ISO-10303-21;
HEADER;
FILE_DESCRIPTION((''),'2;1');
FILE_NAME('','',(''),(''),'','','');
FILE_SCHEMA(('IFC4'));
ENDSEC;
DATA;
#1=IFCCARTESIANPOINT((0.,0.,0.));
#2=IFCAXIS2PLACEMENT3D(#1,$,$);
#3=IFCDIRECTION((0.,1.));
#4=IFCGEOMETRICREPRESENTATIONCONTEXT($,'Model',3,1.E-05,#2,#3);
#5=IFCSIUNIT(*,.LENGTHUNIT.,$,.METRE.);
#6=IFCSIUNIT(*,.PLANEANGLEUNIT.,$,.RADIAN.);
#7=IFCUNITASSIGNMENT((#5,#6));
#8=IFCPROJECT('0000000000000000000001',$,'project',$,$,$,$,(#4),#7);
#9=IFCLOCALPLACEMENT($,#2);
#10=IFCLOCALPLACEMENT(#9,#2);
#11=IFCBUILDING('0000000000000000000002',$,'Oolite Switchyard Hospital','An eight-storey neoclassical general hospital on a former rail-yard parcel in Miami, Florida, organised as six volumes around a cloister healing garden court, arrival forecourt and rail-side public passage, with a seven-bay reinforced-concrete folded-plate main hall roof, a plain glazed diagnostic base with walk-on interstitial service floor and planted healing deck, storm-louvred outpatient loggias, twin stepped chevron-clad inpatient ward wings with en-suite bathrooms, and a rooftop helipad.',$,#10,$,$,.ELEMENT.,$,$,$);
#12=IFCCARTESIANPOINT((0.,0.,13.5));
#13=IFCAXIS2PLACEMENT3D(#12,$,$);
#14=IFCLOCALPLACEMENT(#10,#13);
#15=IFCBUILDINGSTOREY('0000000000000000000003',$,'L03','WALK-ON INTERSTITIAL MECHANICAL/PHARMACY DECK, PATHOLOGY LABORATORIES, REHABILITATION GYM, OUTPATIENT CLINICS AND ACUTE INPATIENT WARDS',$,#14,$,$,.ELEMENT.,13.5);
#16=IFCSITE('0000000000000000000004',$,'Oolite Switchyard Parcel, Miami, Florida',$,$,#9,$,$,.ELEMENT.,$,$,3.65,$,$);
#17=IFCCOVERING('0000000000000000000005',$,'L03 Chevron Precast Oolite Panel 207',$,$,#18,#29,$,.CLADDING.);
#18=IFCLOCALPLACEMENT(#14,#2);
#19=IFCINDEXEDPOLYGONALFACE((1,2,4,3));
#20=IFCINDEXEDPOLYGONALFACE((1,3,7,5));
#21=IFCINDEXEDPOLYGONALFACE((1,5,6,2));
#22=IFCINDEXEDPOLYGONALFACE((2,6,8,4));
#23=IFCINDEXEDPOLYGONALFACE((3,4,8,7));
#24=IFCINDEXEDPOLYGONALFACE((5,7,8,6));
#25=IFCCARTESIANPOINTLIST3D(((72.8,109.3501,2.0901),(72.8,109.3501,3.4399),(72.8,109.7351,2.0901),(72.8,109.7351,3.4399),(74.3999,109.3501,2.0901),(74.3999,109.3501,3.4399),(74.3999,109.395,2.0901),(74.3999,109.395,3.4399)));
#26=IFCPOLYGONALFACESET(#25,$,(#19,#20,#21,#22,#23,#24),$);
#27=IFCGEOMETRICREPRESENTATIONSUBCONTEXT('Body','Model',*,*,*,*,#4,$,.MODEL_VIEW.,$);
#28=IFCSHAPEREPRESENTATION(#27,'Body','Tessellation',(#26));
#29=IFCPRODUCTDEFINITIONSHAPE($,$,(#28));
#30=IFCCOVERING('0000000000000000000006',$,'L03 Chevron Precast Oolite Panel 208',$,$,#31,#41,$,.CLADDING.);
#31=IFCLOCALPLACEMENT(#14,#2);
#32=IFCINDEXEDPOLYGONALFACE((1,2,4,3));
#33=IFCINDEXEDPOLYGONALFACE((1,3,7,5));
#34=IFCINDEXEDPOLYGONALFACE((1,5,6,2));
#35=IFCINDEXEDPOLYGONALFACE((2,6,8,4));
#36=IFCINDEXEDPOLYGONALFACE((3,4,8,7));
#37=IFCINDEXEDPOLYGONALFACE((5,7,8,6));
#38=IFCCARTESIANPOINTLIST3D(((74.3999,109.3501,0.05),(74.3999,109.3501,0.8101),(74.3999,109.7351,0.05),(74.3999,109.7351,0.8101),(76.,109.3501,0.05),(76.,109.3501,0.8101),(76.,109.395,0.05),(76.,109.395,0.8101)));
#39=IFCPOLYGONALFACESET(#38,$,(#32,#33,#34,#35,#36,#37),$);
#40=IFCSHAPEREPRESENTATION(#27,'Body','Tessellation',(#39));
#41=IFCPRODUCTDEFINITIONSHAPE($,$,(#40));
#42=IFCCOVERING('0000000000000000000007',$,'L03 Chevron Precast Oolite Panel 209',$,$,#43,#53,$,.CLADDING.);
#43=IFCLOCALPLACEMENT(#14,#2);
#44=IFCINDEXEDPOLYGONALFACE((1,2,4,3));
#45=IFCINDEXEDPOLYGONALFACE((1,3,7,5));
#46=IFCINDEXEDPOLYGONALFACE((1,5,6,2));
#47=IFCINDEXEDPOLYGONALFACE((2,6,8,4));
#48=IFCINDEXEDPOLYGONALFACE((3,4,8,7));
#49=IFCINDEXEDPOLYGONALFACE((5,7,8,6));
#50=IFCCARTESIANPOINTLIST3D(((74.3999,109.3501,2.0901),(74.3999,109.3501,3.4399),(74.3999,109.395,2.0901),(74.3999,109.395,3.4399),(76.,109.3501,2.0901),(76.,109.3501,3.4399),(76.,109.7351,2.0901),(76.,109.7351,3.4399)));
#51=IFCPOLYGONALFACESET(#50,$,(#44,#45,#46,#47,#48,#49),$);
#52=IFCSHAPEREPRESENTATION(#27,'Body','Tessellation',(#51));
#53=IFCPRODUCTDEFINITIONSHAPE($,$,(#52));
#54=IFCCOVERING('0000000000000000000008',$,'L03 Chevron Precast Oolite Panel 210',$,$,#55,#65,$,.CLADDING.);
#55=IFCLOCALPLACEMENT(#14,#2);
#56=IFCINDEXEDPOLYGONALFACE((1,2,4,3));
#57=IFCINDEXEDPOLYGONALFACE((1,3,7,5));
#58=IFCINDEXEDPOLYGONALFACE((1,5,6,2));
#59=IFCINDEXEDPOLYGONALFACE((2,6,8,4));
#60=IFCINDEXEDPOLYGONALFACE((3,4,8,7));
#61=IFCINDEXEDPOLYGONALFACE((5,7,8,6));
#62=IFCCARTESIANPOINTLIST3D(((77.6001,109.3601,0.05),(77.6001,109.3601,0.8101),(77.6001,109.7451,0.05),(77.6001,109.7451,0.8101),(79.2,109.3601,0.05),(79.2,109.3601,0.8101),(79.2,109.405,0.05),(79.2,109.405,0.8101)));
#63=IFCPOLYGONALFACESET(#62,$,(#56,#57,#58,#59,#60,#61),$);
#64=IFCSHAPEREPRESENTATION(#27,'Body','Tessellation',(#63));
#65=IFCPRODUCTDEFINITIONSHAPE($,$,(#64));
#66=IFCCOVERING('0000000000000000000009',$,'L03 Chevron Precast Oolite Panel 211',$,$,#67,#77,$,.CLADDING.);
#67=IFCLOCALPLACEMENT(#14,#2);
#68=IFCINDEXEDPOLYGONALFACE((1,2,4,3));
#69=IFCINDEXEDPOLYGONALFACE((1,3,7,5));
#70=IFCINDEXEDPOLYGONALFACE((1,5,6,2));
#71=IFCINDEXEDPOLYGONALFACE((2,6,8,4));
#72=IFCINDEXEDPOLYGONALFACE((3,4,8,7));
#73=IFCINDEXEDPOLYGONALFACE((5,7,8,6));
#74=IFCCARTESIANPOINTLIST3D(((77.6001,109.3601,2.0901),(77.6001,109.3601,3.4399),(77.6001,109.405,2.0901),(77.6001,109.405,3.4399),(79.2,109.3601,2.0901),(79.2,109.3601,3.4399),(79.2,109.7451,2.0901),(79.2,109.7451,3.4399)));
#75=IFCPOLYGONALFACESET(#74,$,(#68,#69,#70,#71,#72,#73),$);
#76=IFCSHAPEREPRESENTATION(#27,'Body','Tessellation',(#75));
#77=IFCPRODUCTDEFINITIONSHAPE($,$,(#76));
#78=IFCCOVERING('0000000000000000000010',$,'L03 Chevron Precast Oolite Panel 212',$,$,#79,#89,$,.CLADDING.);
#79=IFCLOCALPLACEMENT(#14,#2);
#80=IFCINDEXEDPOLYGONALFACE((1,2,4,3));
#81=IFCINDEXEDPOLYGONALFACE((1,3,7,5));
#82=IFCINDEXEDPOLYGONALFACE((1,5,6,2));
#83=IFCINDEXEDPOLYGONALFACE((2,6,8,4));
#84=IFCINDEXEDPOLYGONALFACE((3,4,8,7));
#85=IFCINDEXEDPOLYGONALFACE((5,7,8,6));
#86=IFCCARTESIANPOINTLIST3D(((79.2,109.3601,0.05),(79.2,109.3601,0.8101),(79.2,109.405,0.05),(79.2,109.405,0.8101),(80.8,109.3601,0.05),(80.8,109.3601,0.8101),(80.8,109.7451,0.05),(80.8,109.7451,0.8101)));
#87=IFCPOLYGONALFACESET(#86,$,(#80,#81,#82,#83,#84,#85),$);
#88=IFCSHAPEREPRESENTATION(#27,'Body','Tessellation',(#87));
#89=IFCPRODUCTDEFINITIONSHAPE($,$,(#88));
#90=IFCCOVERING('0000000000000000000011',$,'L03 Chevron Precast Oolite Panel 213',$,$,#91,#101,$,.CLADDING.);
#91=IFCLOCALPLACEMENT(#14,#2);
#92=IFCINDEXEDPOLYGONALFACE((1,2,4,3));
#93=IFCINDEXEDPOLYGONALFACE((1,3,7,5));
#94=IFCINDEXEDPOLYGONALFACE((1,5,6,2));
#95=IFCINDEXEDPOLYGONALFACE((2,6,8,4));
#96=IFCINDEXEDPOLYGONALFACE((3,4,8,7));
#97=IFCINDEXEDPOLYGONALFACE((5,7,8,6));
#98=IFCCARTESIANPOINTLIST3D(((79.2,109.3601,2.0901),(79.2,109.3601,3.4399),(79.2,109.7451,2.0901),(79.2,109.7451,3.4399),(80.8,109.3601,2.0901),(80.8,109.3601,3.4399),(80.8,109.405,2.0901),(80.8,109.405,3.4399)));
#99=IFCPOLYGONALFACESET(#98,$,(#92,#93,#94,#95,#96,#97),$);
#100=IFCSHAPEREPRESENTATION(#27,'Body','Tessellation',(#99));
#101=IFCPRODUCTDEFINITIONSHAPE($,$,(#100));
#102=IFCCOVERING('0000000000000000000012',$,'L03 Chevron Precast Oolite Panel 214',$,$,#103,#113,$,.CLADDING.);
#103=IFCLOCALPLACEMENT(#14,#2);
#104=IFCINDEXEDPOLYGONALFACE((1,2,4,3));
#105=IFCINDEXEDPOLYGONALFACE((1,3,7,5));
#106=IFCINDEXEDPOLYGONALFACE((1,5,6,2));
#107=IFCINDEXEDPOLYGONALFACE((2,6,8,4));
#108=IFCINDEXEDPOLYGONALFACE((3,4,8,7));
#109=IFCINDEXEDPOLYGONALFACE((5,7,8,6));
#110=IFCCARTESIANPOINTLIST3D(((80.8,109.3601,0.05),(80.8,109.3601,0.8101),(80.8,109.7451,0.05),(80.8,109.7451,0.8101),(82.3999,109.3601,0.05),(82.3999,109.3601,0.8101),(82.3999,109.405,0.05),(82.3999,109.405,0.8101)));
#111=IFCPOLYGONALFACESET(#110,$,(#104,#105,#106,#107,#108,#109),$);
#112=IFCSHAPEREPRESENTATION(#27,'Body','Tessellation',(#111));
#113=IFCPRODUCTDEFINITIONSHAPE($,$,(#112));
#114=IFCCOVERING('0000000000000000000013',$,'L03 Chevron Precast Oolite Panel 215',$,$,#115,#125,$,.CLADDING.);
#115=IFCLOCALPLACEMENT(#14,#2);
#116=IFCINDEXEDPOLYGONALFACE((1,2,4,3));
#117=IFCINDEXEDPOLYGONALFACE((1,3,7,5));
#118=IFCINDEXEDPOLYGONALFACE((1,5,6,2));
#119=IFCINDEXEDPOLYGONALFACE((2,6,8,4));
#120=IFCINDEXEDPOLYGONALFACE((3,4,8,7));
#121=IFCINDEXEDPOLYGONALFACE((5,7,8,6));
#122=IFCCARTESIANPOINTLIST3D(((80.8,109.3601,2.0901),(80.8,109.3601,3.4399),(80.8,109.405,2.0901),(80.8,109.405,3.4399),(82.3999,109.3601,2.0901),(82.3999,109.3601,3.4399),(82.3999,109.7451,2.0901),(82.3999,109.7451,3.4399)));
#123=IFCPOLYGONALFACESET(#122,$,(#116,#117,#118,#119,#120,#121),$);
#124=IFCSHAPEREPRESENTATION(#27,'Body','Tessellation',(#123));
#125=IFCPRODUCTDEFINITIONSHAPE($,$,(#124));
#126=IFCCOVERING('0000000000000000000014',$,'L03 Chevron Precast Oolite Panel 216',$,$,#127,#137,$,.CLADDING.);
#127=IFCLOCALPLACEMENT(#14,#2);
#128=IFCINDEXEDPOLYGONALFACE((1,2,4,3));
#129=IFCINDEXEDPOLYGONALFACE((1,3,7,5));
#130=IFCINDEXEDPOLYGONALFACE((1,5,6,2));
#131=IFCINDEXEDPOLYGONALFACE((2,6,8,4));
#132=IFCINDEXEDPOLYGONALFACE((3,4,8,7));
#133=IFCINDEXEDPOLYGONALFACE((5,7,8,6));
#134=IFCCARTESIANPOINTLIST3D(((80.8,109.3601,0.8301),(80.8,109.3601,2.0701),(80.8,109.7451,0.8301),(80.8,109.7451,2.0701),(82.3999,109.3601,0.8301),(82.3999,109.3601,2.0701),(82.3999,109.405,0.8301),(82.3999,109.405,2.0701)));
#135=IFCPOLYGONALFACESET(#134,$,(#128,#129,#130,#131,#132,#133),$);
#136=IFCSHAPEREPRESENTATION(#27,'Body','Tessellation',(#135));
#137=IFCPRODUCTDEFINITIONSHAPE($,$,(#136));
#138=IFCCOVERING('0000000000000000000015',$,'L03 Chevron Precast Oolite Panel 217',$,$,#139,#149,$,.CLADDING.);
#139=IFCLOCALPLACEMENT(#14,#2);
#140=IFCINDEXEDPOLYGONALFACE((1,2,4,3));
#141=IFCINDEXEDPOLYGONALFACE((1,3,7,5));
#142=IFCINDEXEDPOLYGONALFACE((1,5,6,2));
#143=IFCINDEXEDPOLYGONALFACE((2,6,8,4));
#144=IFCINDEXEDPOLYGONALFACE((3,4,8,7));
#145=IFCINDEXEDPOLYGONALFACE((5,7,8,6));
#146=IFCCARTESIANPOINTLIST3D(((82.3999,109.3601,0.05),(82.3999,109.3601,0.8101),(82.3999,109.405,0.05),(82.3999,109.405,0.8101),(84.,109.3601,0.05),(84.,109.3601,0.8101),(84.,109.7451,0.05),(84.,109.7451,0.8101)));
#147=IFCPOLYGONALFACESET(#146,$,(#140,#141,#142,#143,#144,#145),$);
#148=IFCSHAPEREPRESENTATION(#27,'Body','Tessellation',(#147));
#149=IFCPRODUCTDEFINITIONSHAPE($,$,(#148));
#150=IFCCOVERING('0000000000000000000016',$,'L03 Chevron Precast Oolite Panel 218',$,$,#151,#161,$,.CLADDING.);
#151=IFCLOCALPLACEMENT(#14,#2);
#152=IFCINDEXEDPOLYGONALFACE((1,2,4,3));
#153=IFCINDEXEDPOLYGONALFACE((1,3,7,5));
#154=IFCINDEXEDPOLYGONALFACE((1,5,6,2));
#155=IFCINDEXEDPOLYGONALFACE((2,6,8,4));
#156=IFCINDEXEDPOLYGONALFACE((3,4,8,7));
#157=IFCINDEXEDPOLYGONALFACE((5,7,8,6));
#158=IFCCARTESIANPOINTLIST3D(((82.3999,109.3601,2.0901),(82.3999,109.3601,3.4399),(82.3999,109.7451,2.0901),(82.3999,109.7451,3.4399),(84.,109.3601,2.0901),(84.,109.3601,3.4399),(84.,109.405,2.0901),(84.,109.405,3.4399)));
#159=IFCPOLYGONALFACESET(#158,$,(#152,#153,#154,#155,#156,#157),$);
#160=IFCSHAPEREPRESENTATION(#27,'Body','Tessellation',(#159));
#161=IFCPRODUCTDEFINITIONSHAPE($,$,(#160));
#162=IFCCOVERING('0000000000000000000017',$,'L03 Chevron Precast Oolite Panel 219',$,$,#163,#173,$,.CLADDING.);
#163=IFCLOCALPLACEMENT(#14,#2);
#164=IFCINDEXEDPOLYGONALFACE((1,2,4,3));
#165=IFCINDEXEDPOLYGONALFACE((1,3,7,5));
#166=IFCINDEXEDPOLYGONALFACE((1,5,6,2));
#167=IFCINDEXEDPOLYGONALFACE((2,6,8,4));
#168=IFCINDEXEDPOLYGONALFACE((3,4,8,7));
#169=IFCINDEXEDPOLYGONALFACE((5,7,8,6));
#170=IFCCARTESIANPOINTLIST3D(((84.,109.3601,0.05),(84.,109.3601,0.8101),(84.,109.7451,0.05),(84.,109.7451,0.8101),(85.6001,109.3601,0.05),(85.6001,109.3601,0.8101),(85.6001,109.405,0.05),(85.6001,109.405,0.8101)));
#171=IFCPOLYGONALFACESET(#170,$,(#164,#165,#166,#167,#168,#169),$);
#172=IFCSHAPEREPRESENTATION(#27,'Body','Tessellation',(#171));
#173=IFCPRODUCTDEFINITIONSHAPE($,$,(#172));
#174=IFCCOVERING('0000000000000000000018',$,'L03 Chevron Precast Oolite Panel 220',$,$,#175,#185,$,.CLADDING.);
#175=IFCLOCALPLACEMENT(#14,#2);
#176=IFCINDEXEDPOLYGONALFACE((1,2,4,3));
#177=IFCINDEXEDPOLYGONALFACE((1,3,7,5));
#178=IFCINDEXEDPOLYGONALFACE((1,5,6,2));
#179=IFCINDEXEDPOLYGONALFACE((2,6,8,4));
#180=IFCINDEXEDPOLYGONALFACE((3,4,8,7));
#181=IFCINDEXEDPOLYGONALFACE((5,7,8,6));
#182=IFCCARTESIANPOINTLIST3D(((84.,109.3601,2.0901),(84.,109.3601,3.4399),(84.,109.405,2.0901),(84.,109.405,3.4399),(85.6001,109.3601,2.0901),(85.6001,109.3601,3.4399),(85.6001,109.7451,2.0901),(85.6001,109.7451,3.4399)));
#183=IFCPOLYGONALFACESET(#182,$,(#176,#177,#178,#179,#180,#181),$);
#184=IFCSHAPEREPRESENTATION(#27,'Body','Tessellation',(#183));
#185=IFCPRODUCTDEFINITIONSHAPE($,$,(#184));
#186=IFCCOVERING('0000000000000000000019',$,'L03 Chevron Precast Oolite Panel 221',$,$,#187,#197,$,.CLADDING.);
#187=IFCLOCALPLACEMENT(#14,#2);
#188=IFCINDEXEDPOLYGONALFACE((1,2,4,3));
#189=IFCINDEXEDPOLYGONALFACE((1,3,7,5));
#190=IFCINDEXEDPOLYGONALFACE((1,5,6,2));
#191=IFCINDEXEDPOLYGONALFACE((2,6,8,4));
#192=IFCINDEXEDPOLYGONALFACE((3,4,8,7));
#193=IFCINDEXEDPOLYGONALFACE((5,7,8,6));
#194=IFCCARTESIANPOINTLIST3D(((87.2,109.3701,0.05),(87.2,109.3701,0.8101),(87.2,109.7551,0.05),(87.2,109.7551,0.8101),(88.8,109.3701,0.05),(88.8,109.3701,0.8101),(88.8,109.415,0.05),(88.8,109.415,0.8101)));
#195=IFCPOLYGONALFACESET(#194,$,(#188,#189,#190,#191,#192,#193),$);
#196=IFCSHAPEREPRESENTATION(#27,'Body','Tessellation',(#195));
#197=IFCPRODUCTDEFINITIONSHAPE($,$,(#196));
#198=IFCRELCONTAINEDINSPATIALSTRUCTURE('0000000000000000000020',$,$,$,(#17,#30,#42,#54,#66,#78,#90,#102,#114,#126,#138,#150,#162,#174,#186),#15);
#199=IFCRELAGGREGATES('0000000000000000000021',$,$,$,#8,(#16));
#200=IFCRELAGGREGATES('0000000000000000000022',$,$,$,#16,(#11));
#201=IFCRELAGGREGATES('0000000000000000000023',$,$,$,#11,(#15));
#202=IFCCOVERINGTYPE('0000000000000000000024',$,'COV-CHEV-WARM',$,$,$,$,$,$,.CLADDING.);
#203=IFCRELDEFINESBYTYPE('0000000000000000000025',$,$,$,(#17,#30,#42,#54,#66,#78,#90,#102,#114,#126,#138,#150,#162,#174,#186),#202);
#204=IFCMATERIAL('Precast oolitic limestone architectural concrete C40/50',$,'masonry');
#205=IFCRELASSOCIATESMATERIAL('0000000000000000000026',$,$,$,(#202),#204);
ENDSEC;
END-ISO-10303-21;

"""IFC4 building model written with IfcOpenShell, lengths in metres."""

from ifc_helpers import new_model, si_unit, direction, frame, origin, place, context, subcontext, project, spatial, polyline, outline, extrude, material, type_object, element, save


model = new_model("IFC4")

# Units and contexts
model_context = context("Model", 3, precision=1e-05, world=origin(), true_north=direction((0.0, 1.0)))
body_context = subcontext(model_context, "Body", "Model", "MODEL_VIEW")
ifc_project = project(units=[si_unit("LENGTHUNIT", "METRE"), si_unit("PLANEANGLEUNIT", "RADIAN")], contexts=[model_context])

# Site, building, storey
site_placement = place(None, origin())
site = spatial("IfcSite", under=ifc_project, at=site_placement, Name="Oolite Switchyard Parcel, Miami, Florida", CompositionType="ELEMENT", RefElevation=3.65)
building_placement = place(site_placement, origin())
building = spatial("IfcBuilding", under=site, at=building_placement, Name="Oolite Switchyard Hospital", Description="An eight-storey neoclassical general hospital on a former rail-yard parcel in Miami, Florida, organised as six volumes around a cloister healing garden court, arrival forecourt and rail-side public passage, with a seven-bay reinforced-concrete folded-plate main hall roof, a plain glazed diagnostic base with walk-on interstitial service floor and planted healing deck, storm-louvred outpatient loggias, twin stepped chevron-clad inpatient ward wings with en-suite bathrooms, and a rooftop helipad.", CompositionType="ELEMENT")
storey_placement = place(building_placement, frame((0.0, 0.0, 13.5)))
storey = spatial("IfcBuildingStorey", under=building, at=storey_placement, Name="L03", Description="WALK-ON INTERSTITIAL MECHANICAL/PHARMACY DECK, PATHOLOGY LABORATORIES, REHABILITATION GYM, OUTPATIENT CLINICS AND ACUTE INPATIENT WARDS", CompositionType="ELEMENT", Elevation=13.5)

# Coverings
ifc_material_1 = material(Name="Precast oolitic limestone architectural concrete C40/50", Category="masonry")
covering_type = type_object("IfcCoveringType", Name="COV-CHEV-WARM", PredefinedType="CLADDING", material=ifc_material_1)
covering_1_placement = place(storey_placement, frame((72.8, 109.3501, 2.0901), z_axis=(0.0, 0.0, 1.0), x_axis=(1.0, 0.0, 0.0)))
element("IfcCovering", 1, at=covering_1_placement, inside=storey, type_object=covering_type, Name="L03 Chevron Precast Oolite Panel 207", PredefinedType="CLADDING", context=body_context, shape_type="SweptSolid", body=[
    extrude(outline(polyline([(0.0, 0.0), (1.5999, 0.0), (1.5999, 0.0449), (0.0, 0.385), (0.0, 0.0)])), origin(), (0.0, 0.0, 1.0), 1.3499),
])
covering_2_placement = place(storey_placement, frame((74.3999, 109.3501, 0.05), z_axis=(0.0, 0.0, 1.0), x_axis=(1.0, 0.0, 0.0)))
element("IfcCovering", 2, at=covering_2_placement, inside=storey, type_object=covering_type, Name="L03 Chevron Precast Oolite Panel 208", PredefinedType="CLADDING", context=body_context, shape_type="SweptSolid", body=[
    extrude(outline(polyline([(0.0, 0.0), (1.6001, 0.0), (1.6001, 0.0449), (0.0, 0.385), (0.0, 0.0)])), origin(), (0.0, 0.0, 1.0), 0.76),
])
covering_3_placement = place(storey_placement, frame((74.3999, 109.3501, 2.0901), z_axis=(0.0, 0.0, 1.0), x_axis=(1.0, 0.0, 0.0)))
element("IfcCovering", 3, at=covering_3_placement, inside=storey, type_object=covering_type, Name="L03 Chevron Precast Oolite Panel 209", PredefinedType="CLADDING", context=body_context, shape_type="SweptSolid", body=[
    extrude(outline(polyline([(0.0, 0.0), (1.6001, 0.0), (1.6001, 0.385), (0.0, 0.0449), (0.0, 0.0)])), origin(), (0.0, 0.0, 1.0), 1.3499),
])
covering_4_placement = place(storey_placement, frame((77.6001, 109.3601, 0.05), z_axis=(0.0, 0.0, 1.0), x_axis=(1.0, 0.0, 0.0)))
element("IfcCovering", 4, at=covering_4_placement, inside=storey, type_object=covering_type, Name="L03 Chevron Precast Oolite Panel 210", PredefinedType="CLADDING", context=body_context, shape_type="SweptSolid", body=[
    extrude(outline(polyline([(0.0, 0.0), (1.5999, 0.0), (1.5999, 0.0449), (0.0, 0.385), (0.0, 0.0)])), origin(), (0.0, 0.0, 1.0), 0.76),
])
covering_5_placement = place(storey_placement, frame((77.6001, 109.3601, 2.0901), z_axis=(0.0, 0.0, 1.0), x_axis=(1.0, 0.0, 0.0)))
element("IfcCovering", 5, at=covering_5_placement, inside=storey, type_object=covering_type, Name="L03 Chevron Precast Oolite Panel 211", PredefinedType="CLADDING", context=body_context, shape_type="SweptSolid", body=[
    extrude(outline(polyline([(0.0, 0.0), (1.5999, 0.0), (1.5999, 0.385), (0.0, 0.0449), (0.0, 0.0)])), origin(), (0.0, 0.0, 1.0), 1.3499),
])
covering_6_placement = place(storey_placement, frame((79.2, 109.3601, 0.05), z_axis=(0.0, 0.0, 1.0), x_axis=(1.0, 0.0, 0.0)))
element("IfcCovering", 6, at=covering_6_placement, inside=storey, type_object=covering_type, Name="L03 Chevron Precast Oolite Panel 212", PredefinedType="CLADDING", context=body_context, shape_type="SweptSolid", body=[
    extrude(outline(polyline([(0.0, 0.0), (1.6001, 0.0), (1.6001, 0.385), (0.0, 0.0449), (0.0, 0.0)])), origin(), (0.0, 0.0, 1.0), 0.76),
])
covering_7_placement = place(storey_placement, frame((79.2, 109.3601, 2.0901), z_axis=(0.0, 0.0, 1.0), x_axis=(1.0, 0.0, 0.0)))
element("IfcCovering", 7, at=covering_7_placement, inside=storey, type_object=covering_type, Name="L03 Chevron Precast Oolite Panel 213", PredefinedType="CLADDING", context=body_context, shape_type="SweptSolid", body=[
    extrude(outline(polyline([(0.0, 0.0), (1.6001, 0.0), (1.6001, 0.0449), (0.0, 0.385), (0.0, 0.0)])), origin(), (0.0, 0.0, 1.0), 1.3499),
])
covering_8_placement = place(storey_placement, frame((80.8, 109.3601, 0.05), z_axis=(0.0, 0.0, 1.0), x_axis=(1.0, 0.0, 0.0)))
element("IfcCovering", 8, at=covering_8_placement, inside=storey, type_object=covering_type, Name="L03 Chevron Precast Oolite Panel 214", PredefinedType="CLADDING", context=body_context, shape_type="SweptSolid", body=[
    extrude(outline(polyline([(0.0, 0.0), (1.5999, 0.0), (1.5999, 0.0449), (0.0, 0.385), (0.0, 0.0)])), origin(), (0.0, 0.0, 1.0), 0.76),
])
covering_9_placement = place(storey_placement, frame((80.8, 109.3601, 2.0901), z_axis=(0.0, 0.0, 1.0), x_axis=(1.0, 0.0, 0.0)))
element("IfcCovering", 9, at=covering_9_placement, inside=storey, type_object=covering_type, Name="L03 Chevron Precast Oolite Panel 215", PredefinedType="CLADDING", context=body_context, shape_type="SweptSolid", body=[
    extrude(outline(polyline([(0.0, 0.0), (1.5999, 0.0), (1.5999, 0.385), (0.0, 0.0449), (0.0, 0.0)])), origin(), (0.0, 0.0, 1.0), 1.3499),
])
covering_10_placement = place(storey_placement, frame((80.8, 109.3601, 0.8301), z_axis=(0.0, 0.0, 1.0), x_axis=(1.0, 0.0, 0.0)))
element("IfcCovering", 10, at=covering_10_placement, inside=storey, type_object=covering_type, Name="L03 Chevron Precast Oolite Panel 216", PredefinedType="CLADDING", context=body_context, shape_type="SweptSolid", body=[
    extrude(outline(polyline([(0.0, 0.0), (1.5999, 0.0), (1.5999, 0.0449), (0.0, 0.385), (0.0, 0.0)])), origin(), (0.0, 0.0, 1.0), 1.24),
])
covering_11_placement = place(storey_placement, frame((82.3999, 109.3601, 0.05), z_axis=(0.0, 0.0, 1.0), x_axis=(1.0, 0.0, 0.0)))
element("IfcCovering", 11, at=covering_11_placement, inside=storey, type_object=covering_type, Name="L03 Chevron Precast Oolite Panel 217", PredefinedType="CLADDING", context=body_context, shape_type="SweptSolid", body=[
    extrude(outline(polyline([(0.0, 0.0), (1.6001, 0.0), (1.6001, 0.385), (0.0, 0.0449), (0.0, 0.0)])), origin(), (0.0, 0.0, 1.0), 0.76),
])
covering_12_placement = place(storey_placement, frame((82.3999, 109.3601, 2.0901), z_axis=(0.0, 0.0, 1.0), x_axis=(1.0, 0.0, 0.0)))
element("IfcCovering", 12, at=covering_12_placement, inside=storey, type_object=covering_type, Name="L03 Chevron Precast Oolite Panel 218", PredefinedType="CLADDING", context=body_context, shape_type="SweptSolid", body=[
    extrude(outline(polyline([(0.0, 0.0), (1.6001, 0.0), (1.6001, 0.0449), (0.0, 0.385), (0.0, 0.0)])), origin(), (0.0, 0.0, 1.0), 1.3499),
])
covering_13_placement = place(storey_placement, frame((84.0, 109.3601, 0.05), z_axis=(0.0, 0.0, 1.0), x_axis=(1.0, 0.0, 0.0)))
element("IfcCovering", 13, at=covering_13_placement, inside=storey, type_object=covering_type, Name="L03 Chevron Precast Oolite Panel 219", PredefinedType="CLADDING", context=body_context, shape_type="SweptSolid", body=[
    extrude(outline(polyline([(0.0, 0.0), (1.6001, 0.0), (1.6001, 0.0449), (0.0, 0.385), (0.0, 0.0)])), origin(), (0.0, 0.0, 1.0), 0.76),
])
covering_14_placement = place(storey_placement, frame((84.0, 109.3601, 2.0901), z_axis=(0.0, 0.0, 1.0), x_axis=(1.0, 0.0, 0.0)))
element("IfcCovering", 14, at=covering_14_placement, inside=storey, type_object=covering_type, Name="L03 Chevron Precast Oolite Panel 220", PredefinedType="CLADDING", context=body_context, shape_type="SweptSolid", body=[
    extrude(outline(polyline([(0.0, 0.0), (1.6001, 0.0), (1.6001, 0.385), (0.0, 0.0449), (0.0, 0.0)])), origin(), (0.0, 0.0, 1.0), 1.3499),
])
covering_15_placement = place(storey_placement, frame((87.2, 109.3701, 0.05), z_axis=(0.0, 0.0, 1.0), x_axis=(1.0, 0.0, 0.0)))
element("IfcCovering", 15, at=covering_15_placement, inside=storey, type_object=covering_type, Name="L03 Chevron Precast Oolite Panel 221", PredefinedType="CLADDING", context=body_context, shape_type="SweptSolid", body=[
    extrude(outline(polyline([(0.0, 0.0), (1.6001, 0.0), (1.6001, 0.0449), (0.0, 0.385), (0.0, 0.0)])), origin(), (0.0, 0.0, 1.0), 0.76),
])

save(model, "model.ifc")
